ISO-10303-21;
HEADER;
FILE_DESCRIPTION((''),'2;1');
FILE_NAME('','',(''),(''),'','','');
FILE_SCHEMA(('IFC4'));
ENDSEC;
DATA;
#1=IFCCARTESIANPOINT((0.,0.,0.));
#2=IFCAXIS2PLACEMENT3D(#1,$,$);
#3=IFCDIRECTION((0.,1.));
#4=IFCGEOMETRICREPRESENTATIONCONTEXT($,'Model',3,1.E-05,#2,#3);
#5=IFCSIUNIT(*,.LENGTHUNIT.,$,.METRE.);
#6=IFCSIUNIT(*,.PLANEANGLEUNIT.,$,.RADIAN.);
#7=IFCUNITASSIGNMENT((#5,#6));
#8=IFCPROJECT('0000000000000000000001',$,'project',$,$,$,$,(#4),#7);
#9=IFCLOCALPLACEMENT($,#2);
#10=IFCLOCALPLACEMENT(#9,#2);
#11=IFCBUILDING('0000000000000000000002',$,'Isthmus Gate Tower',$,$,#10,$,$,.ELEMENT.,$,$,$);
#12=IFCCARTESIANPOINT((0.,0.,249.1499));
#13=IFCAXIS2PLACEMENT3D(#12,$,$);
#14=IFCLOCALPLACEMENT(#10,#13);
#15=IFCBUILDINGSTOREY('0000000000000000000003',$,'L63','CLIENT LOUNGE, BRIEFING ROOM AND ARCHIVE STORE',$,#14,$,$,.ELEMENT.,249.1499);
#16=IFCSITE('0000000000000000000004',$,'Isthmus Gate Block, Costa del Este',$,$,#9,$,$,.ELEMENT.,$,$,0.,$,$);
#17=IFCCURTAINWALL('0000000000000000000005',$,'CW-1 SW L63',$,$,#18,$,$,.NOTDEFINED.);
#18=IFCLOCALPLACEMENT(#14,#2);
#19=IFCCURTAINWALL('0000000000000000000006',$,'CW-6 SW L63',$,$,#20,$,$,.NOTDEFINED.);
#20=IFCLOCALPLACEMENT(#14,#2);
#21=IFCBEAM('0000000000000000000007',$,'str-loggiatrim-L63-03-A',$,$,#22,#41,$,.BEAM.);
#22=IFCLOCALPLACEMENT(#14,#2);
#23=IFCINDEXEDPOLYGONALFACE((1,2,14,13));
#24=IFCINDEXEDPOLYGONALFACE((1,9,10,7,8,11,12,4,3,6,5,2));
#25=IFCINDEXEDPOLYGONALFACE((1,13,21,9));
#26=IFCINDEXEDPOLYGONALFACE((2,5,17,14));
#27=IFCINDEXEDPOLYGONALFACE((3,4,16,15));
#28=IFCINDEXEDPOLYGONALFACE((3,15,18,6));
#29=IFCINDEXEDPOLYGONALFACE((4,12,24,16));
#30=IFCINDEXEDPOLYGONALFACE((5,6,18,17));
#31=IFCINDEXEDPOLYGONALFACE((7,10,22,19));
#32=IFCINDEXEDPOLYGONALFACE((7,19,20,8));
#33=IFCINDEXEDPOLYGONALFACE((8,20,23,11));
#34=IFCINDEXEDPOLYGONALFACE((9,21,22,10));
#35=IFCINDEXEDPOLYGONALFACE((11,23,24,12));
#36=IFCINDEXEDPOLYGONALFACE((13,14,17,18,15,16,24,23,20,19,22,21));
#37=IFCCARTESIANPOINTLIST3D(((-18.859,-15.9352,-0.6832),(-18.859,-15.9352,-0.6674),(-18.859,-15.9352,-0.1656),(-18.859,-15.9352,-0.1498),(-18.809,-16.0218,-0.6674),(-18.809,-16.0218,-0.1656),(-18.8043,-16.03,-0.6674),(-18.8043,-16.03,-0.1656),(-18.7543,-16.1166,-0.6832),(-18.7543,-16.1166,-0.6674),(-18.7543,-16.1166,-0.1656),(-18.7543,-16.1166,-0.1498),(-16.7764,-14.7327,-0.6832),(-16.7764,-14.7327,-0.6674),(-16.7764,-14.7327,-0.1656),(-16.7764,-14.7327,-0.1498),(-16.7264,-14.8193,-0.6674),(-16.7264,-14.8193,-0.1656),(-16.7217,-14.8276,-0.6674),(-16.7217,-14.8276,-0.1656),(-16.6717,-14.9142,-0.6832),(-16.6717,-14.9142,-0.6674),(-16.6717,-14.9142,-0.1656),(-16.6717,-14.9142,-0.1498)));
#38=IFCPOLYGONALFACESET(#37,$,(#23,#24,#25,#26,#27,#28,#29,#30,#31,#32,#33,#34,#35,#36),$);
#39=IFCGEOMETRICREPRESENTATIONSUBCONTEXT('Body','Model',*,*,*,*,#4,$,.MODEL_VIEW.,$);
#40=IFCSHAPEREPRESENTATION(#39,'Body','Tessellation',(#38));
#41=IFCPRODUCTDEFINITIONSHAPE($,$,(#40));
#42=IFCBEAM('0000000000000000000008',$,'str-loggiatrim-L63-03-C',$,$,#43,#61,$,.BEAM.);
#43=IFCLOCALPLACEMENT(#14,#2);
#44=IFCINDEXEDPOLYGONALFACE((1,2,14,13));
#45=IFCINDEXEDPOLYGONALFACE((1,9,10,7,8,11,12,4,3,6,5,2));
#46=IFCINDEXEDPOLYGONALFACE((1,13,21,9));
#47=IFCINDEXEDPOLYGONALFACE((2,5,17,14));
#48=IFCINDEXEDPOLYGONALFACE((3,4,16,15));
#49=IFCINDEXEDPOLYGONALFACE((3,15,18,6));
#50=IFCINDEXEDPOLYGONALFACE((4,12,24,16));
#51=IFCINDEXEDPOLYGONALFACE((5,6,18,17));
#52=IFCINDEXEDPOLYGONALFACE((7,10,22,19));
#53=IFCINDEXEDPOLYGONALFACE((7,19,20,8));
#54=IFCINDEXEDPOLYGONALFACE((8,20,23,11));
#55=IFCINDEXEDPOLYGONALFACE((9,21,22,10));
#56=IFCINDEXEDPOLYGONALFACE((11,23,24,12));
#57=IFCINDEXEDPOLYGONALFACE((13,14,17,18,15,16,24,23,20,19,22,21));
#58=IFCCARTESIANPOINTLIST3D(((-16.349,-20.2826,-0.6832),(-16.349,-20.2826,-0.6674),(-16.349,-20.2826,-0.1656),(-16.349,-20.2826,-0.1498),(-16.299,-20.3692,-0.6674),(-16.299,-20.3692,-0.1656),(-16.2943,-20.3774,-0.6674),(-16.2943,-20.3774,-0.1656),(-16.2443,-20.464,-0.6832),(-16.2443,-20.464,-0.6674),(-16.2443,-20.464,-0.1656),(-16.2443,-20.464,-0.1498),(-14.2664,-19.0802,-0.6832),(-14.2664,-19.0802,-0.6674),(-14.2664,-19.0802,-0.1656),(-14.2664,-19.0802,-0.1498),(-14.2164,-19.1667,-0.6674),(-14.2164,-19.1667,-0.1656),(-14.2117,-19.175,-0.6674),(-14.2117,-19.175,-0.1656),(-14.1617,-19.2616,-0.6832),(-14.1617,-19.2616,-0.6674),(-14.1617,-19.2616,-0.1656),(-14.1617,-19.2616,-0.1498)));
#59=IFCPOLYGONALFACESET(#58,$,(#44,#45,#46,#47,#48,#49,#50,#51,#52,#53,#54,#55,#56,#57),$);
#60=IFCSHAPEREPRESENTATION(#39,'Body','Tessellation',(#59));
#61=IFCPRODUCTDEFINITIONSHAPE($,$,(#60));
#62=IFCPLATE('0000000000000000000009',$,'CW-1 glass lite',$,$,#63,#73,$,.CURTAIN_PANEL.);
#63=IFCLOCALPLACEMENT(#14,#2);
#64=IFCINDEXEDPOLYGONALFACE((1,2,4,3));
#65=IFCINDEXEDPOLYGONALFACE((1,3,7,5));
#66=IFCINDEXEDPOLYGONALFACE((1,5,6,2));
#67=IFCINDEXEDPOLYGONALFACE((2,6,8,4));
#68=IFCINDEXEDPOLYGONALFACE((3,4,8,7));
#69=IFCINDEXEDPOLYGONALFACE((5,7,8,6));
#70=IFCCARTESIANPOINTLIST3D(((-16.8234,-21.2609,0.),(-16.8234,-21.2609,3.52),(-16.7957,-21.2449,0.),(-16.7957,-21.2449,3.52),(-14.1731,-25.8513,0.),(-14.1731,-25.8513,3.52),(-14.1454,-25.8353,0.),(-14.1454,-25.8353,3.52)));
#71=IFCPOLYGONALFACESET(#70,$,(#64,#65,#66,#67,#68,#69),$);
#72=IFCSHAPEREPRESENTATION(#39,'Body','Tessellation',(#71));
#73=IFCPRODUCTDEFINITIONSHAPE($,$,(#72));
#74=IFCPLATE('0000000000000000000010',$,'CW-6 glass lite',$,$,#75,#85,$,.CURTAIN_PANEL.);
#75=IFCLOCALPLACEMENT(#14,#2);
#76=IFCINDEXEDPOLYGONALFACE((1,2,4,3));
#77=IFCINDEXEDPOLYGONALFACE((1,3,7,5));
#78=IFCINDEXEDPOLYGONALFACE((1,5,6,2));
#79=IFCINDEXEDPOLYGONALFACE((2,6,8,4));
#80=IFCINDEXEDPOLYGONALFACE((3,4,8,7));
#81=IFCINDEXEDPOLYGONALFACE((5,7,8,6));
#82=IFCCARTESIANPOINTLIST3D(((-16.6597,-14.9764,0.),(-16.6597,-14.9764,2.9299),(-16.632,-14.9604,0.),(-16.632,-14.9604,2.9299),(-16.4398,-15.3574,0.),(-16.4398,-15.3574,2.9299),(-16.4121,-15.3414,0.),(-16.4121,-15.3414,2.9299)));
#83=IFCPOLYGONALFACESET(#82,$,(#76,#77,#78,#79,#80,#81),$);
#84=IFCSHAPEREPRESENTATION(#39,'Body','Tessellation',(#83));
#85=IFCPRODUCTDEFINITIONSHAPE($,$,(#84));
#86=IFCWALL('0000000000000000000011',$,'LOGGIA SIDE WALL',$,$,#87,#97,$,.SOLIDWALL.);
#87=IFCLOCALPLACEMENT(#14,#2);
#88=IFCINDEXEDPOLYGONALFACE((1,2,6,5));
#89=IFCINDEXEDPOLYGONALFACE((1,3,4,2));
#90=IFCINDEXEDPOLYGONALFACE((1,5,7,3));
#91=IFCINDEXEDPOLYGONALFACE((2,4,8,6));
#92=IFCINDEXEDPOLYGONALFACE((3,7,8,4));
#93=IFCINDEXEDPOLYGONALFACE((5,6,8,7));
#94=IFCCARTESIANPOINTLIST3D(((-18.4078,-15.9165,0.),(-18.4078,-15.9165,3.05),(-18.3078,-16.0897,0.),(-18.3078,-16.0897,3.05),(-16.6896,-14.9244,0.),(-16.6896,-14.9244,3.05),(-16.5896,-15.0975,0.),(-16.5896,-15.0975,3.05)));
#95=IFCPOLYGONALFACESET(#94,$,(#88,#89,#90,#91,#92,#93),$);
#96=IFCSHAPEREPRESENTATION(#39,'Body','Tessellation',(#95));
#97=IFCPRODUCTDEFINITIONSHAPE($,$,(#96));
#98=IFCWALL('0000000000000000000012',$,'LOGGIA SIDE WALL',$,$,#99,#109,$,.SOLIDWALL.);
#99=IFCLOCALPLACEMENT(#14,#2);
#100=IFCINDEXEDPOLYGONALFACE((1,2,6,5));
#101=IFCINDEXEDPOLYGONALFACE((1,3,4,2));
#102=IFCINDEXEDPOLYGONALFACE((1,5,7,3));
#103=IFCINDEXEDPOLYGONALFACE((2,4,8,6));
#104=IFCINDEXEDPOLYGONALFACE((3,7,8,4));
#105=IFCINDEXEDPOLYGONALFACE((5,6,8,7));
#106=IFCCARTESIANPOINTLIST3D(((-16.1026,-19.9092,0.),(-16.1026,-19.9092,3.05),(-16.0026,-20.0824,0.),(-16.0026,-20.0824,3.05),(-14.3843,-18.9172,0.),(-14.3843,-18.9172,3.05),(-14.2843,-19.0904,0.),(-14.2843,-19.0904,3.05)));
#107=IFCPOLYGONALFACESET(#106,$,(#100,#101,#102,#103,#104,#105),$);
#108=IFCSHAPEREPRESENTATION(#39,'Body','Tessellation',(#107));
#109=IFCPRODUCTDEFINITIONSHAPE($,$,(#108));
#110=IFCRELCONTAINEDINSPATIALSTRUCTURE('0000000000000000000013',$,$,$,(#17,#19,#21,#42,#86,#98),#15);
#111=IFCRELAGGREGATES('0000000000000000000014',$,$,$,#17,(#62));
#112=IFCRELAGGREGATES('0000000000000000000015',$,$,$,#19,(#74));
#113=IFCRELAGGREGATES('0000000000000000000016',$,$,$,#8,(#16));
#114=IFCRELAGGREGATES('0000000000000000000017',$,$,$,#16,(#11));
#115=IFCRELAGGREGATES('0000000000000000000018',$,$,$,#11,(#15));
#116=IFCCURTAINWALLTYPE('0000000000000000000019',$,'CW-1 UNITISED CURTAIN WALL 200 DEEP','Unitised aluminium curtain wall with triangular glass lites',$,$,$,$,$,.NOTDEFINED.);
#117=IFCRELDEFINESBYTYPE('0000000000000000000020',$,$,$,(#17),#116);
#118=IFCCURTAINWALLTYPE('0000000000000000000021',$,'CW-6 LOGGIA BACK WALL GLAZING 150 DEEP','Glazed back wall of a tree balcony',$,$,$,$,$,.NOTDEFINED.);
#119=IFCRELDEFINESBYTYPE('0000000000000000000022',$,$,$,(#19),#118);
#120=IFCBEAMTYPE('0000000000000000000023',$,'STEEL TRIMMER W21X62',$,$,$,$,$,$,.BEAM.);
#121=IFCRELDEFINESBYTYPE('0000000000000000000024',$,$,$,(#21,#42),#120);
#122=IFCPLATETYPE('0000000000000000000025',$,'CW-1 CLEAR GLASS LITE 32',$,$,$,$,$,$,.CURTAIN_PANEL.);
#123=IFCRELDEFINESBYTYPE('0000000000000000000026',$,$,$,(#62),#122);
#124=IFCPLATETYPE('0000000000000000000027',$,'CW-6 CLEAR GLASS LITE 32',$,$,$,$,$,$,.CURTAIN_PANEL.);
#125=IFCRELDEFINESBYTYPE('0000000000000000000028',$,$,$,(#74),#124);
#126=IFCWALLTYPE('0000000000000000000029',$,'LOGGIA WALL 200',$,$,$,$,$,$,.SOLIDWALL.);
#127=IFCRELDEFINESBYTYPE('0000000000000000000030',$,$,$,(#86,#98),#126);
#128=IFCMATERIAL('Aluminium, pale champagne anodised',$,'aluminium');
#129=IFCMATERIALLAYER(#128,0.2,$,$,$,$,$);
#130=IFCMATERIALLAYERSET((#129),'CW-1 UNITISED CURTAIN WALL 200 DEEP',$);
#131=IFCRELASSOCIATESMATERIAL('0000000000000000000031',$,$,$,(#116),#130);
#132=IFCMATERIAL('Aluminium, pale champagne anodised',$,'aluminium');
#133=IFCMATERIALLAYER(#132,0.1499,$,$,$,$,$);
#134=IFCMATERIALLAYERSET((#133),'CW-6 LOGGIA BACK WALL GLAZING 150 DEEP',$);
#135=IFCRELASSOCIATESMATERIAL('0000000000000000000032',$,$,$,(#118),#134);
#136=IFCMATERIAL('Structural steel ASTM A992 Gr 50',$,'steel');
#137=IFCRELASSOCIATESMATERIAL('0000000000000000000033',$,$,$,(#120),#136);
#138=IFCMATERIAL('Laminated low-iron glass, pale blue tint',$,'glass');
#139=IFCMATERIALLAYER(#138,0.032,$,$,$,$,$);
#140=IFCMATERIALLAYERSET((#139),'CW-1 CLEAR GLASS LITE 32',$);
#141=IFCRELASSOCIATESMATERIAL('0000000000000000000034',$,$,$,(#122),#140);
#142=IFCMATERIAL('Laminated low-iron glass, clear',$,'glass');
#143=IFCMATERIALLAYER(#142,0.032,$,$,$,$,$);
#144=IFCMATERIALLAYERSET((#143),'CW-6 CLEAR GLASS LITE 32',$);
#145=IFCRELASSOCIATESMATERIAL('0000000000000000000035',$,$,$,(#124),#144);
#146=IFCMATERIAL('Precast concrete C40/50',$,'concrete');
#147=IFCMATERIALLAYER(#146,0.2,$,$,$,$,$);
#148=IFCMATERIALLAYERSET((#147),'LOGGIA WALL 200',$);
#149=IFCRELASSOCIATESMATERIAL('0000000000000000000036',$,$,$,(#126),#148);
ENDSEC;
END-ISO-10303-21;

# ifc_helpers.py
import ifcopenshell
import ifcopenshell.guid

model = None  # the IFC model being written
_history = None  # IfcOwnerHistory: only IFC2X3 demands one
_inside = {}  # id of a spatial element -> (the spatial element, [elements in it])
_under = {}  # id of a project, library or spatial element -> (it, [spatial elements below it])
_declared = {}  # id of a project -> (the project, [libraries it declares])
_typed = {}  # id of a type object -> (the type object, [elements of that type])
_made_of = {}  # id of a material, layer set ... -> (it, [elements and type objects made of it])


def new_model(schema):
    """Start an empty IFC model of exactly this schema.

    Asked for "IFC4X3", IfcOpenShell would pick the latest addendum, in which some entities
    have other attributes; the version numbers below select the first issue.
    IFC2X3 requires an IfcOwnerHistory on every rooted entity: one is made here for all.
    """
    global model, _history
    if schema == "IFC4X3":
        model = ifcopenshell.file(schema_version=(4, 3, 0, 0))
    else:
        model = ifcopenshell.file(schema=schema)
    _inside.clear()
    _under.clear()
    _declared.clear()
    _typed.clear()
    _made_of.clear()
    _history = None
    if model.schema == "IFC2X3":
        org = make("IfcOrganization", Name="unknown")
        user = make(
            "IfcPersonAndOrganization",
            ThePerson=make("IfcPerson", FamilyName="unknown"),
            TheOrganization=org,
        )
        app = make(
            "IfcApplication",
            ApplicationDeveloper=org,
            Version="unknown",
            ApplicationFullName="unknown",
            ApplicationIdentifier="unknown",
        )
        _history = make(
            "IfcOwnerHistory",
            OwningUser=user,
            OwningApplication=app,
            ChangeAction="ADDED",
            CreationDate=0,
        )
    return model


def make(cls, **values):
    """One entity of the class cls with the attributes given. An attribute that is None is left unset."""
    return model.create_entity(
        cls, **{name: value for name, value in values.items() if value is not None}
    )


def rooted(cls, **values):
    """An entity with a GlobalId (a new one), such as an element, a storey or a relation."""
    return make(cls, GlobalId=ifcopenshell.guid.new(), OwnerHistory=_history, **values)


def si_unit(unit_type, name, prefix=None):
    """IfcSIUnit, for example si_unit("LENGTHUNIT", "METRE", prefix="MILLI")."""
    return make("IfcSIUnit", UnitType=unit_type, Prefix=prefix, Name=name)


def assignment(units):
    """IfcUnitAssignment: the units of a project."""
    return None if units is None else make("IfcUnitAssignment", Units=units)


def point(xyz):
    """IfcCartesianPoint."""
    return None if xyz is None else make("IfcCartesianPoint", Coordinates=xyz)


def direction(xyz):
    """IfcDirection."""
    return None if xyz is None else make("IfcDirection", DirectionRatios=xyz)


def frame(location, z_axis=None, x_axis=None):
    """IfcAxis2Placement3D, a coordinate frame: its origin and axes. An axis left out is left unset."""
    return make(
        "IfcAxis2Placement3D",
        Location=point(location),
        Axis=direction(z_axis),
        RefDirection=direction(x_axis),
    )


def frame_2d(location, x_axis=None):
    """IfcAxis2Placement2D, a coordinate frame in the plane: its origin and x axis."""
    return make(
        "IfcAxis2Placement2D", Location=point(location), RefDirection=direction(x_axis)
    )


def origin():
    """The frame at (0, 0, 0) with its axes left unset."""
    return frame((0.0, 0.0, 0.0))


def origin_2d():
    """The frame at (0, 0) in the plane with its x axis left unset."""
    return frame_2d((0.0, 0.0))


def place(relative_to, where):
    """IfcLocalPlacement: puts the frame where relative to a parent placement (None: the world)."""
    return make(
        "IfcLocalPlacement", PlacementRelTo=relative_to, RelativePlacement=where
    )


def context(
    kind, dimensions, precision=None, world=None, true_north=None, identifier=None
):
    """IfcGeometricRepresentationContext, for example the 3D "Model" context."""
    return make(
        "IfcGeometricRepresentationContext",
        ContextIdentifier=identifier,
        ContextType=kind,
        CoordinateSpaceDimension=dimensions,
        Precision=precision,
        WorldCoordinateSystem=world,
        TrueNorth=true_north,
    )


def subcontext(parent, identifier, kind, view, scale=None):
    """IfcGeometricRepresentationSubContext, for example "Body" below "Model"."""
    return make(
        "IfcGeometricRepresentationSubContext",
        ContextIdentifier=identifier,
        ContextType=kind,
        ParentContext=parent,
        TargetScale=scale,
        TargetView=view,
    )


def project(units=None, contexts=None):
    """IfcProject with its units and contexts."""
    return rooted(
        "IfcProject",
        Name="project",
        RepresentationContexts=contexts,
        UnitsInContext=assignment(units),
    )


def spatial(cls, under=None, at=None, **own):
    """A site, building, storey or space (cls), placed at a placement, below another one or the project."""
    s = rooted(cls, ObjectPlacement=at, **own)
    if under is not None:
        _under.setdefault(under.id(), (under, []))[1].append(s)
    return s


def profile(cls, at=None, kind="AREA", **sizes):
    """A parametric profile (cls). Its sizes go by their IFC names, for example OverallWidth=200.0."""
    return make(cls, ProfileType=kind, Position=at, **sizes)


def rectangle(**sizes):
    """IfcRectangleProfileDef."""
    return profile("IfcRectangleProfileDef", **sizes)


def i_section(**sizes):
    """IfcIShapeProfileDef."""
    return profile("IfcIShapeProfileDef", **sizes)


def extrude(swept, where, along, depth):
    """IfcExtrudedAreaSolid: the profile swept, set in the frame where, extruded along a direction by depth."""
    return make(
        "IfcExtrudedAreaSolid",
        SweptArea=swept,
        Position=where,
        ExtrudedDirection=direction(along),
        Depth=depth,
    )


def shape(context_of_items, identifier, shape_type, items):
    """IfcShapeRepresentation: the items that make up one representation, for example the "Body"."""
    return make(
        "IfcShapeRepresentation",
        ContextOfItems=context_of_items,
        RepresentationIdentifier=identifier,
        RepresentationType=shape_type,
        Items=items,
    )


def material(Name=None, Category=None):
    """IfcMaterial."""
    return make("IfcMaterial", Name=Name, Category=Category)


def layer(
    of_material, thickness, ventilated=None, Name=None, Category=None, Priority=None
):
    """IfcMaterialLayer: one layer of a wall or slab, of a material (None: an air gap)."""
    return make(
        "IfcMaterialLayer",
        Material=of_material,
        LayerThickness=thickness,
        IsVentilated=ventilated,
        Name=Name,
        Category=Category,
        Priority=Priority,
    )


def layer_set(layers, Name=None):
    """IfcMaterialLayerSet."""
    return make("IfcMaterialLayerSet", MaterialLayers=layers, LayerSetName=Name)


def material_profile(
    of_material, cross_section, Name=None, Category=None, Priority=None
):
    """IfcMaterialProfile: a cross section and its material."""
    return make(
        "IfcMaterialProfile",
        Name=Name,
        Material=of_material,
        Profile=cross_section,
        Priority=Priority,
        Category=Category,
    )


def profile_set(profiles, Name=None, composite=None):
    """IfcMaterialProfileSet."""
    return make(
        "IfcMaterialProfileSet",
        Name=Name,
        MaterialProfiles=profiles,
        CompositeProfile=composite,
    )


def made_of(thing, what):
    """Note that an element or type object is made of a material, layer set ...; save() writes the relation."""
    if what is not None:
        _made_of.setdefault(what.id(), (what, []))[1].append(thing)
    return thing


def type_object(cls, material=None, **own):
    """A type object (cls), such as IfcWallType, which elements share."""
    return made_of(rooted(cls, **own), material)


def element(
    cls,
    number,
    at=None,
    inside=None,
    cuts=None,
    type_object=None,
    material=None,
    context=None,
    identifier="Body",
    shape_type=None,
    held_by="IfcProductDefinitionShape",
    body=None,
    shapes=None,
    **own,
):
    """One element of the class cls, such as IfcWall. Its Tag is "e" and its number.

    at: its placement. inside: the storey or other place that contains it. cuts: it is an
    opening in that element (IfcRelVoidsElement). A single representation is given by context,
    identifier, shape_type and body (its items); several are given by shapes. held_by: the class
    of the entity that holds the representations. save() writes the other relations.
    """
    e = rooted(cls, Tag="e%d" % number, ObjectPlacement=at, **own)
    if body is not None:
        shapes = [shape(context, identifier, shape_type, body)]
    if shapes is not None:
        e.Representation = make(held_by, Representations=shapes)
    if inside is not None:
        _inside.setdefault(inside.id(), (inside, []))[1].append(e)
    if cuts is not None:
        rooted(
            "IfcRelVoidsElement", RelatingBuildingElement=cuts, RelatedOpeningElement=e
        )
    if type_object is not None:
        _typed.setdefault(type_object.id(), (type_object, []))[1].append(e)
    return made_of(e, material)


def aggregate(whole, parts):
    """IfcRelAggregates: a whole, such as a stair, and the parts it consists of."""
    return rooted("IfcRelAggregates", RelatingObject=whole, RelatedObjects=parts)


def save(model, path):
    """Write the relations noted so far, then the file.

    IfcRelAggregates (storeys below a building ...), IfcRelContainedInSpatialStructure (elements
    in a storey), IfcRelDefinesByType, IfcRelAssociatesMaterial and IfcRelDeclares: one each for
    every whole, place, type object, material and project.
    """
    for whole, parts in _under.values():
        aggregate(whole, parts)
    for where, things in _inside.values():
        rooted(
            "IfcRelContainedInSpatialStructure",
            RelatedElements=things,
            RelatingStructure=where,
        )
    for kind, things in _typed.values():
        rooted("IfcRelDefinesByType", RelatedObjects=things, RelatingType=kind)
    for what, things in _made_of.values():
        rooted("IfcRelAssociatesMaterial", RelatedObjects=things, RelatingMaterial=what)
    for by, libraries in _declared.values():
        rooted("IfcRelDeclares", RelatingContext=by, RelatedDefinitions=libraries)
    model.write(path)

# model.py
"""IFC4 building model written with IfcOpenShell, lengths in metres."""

from ifc_helpers import new_model, si_unit, direction, frame, frame_2d, origin, origin_2d, place, context, subcontext, project, spatial, rectangle, i_section, extrude, material, layer, layer_set, material_profile, profile_set, type_object, element, aggregate, save


model = new_model("IFC4")

# Units and contexts
model_context = context("Model", 3, precision=1e-05, world=origin(), true_north=direction((0.0, 1.0)))
body_context = subcontext(model_context, "Body", "Model", "MODEL_VIEW")
ifc_project = project(units=[si_unit("LENGTHUNIT", "METRE"), si_unit("PLANEANGLEUNIT", "RADIAN")], contexts=[model_context])

# Site, building, storey
site_placement = place(None, origin())
site = spatial("IfcSite", under=ifc_project, at=site_placement, Name="Isthmus Gate Block, Costa del Este", CompositionType="ELEMENT", RefElevation=0.0)
building_placement = place(site_placement, origin())
building = spatial("IfcBuilding", under=site, at=building_placement, Name="Isthmus Gate Tower", CompositionType="ELEMENT")
storey_placement = place(building_placement, frame((0.0, 0.0, 249.1499)))
storey = spatial("IfcBuildingStorey", under=building, at=storey_placement, Name="L63", Description="CLIENT LOUNGE, BRIEFING ROOM AND ARCHIVE STORE", CompositionType="ELEMENT", Elevation=249.1499)

# Curtain walls
ifc_material_1 = material(Name="Aluminium, pale champagne anodised", Category="aluminium")
ifc_layer_1 = layer(ifc_material_1, 0.2)
ifc_layer_set_1 = layer_set([ifc_layer_1], Name="CW-1 UNITISED CURTAIN WALL 200 DEEP")
curtain_wall_type_1 = type_object("IfcCurtainWallType", Name="CW-1 UNITISED CURTAIN WALL 200 DEEP", Description="Unitised aluminium curtain wall with triangular glass lites", PredefinedType="NOTDEFINED", material=ifc_layer_set_1)
curtain_wall_1_placement = place(storey_placement, origin())
curtain_wall_1 = element("IfcCurtainWall", 1, at=curtain_wall_1_placement, inside=storey, type_object=curtain_wall_type_1, Name="CW-1 SW L63", PredefinedType="NOTDEFINED")
ifc_material_2 = material(Name="Aluminium, pale champagne anodised", Category="aluminium")
ifc_layer_2 = layer(ifc_material_2, 0.1499)
ifc_layer_set_2 = layer_set([ifc_layer_2], Name="CW-6 LOGGIA BACK WALL GLAZING 150 DEEP")
curtain_wall_type_2 = type_object("IfcCurtainWallType", Name="CW-6 LOGGIA BACK WALL GLAZING 150 DEEP", Description="Glazed back wall of a tree balcony", PredefinedType="NOTDEFINED", material=ifc_layer_set_2)
curtain_wall_2_placement = place(storey_placement, origin())
curtain_wall_2 = element("IfcCurtainWall", 2, at=curtain_wall_2_placement, inside=storey, type_object=curtain_wall_type_2, Name="CW-6 SW L63", PredefinedType="NOTDEFINED")

# Beams
ifc_material_3 = material(Name="Structural steel ASTM A992 Gr 50", Category="steel")
ifc_material_profile_1 = material_profile(ifc_material_3, i_section(OverallWidth=0.2095, OverallDepth=0.5334, WebThickness=0.0095, FlangeThickness=0.0159, at=origin_2d()), Name="W21X62")
ifc_profile_set_1 = profile_set([ifc_material_profile_1], Name="Structural steel ASTM A992 Gr 50")
beam_type_1 = type_object("IfcBeamType", Name="STEEL TRIMMER W21X62", PredefinedType="BEAM", material=ifc_profile_set_1)
for number, where, z_axis, x_axis, name in (
    (3, (-18.8066, -16.0259, -0.4165), (0.866017, 0.500015, 0.0), (-0.500015, 0.866017, 0.0), "str-loggiatrim-L63-03-A"),
    (4, (-16.2966, -20.3733, -0.4165), (0.866017, 0.500015, 0.0), (-0.500015, 0.866017, 0.0), "str-loggiatrim-L63-03-C"),
):
    element("IfcBeam", number, at=place(storey_placement, frame(where, z_axis=z_axis, x_axis=x_axis)), inside=storey, type_object=beam_type_1, Name=name, PredefinedType="BEAM", context=body_context, shape_type="SweptSolid", body=[
        extrude(i_section(OverallWidth=0.2095, OverallDepth=0.5334, WebThickness=0.0095, FlangeThickness=0.0159, at=origin_2d()), origin(), (0.0, 0.0, 1.0), 2.4048),
    ])

# Plates
ifc_material_4 = material(Name="Laminated low-iron glass, pale blue tint", Category="glass")
ifc_layer_3 = layer(ifc_material_4, 0.032)
ifc_layer_set_3 = layer_set([ifc_layer_3], Name="CW-1 CLEAR GLASS LITE 32")
plate_type_1 = type_object("IfcPlateType", Name="CW-1 CLEAR GLASS LITE 32", PredefinedType="CURTAIN_PANEL", material=ifc_layer_set_3)
plate_1_placement = place(storey_placement, frame((-15.4844, -23.5481, 0.0), z_axis=(0.0, 0.0, 1.0), x_axis=(0.5, -0.866025, 0.0)))
plate_1 = element("IfcPlate", 5, at=plate_1_placement, type_object=plate_type_1, Name="CW-1 glass lite", PredefinedType="CURTAIN_PANEL", context=body_context, shape_type="SweptSolid", body=[
    extrude(rectangle(XDim=5.3005, YDim=0.032, at=origin_2d()), origin(), (0.0, 0.0, 1.0), 3.52),
])
aggregate(curtain_wall_1, [plate_1])
ifc_material_5 = material(Name="Laminated low-iron glass, clear", Category="glass")
ifc_layer_4 = layer(ifc_material_5, 0.032)
ifc_layer_set_4 = layer_set([ifc_layer_4], Name="CW-6 CLEAR GLASS LITE 32")
plate_type_2 = type_object("IfcPlateType", Name="CW-6 CLEAR GLASS LITE 32", PredefinedType="CURTAIN_PANEL", material=ifc_layer_set_4)
plate_2_placement = place(storey_placement, frame((-16.5359, -15.1589, 0.0), z_axis=(0.0, 0.0, 1.0), x_axis=(0.5, -0.866025, 0.0)))
plate_2 = element("IfcPlate", 6, at=plate_2_placement, type_object=plate_type_2, Name="CW-6 glass lite", PredefinedType="CURTAIN_PANEL", context=body_context, shape_type="SweptSolid", body=[
    extrude(rectangle(XDim=0.4399, YDim=0.032, at=origin_2d()), origin(), (0.0, 0.0, 1.0), 2.9299),
])
aggregate(curtain_wall_2, [plate_2])

# Shared definitions
ifc_material_6 = material(Name="Precast concrete C40/50", Category="concrete")
ifc_layer_5 = layer(ifc_material_6, 0.2)
ifc_layer_set_5 = layer_set([ifc_layer_5], Name="LOGGIA WALL 200")
wall_type = type_object("IfcWallType", Name="LOGGIA WALL 200", PredefinedType="SOLIDWALL", material=ifc_layer_set_5)

# Walls
for number, where, z_axis, x_axis, name in (
    (7, (-18.3579, -16.0032, 0.0), (0.0, 0.0, 1.0), (0.865993, 0.500056, 0.0), "LOGGIA SIDE WALL"),
    (8, (-16.0527, -19.9958, 0.0), (0.0, 0.0, 1.0), (0.866046, 0.499964, 0.0), "LOGGIA SIDE WALL"),
):
    element("IfcWall", number, at=place(storey_placement, frame(where, z_axis=z_axis, x_axis=x_axis)), inside=storey, type_object=wall_type, Name=name, PredefinedType="SOLIDWALL", context=body_context, shape_type="SweptSolid", body=[
        extrude(rectangle(XDim=1.9841, YDim=0.2, at=frame_2d((0.9922, 0.0))), origin(), (0.0, 0.0, 1.0), 3.05),
    ])

save(model, "model.ifc")
